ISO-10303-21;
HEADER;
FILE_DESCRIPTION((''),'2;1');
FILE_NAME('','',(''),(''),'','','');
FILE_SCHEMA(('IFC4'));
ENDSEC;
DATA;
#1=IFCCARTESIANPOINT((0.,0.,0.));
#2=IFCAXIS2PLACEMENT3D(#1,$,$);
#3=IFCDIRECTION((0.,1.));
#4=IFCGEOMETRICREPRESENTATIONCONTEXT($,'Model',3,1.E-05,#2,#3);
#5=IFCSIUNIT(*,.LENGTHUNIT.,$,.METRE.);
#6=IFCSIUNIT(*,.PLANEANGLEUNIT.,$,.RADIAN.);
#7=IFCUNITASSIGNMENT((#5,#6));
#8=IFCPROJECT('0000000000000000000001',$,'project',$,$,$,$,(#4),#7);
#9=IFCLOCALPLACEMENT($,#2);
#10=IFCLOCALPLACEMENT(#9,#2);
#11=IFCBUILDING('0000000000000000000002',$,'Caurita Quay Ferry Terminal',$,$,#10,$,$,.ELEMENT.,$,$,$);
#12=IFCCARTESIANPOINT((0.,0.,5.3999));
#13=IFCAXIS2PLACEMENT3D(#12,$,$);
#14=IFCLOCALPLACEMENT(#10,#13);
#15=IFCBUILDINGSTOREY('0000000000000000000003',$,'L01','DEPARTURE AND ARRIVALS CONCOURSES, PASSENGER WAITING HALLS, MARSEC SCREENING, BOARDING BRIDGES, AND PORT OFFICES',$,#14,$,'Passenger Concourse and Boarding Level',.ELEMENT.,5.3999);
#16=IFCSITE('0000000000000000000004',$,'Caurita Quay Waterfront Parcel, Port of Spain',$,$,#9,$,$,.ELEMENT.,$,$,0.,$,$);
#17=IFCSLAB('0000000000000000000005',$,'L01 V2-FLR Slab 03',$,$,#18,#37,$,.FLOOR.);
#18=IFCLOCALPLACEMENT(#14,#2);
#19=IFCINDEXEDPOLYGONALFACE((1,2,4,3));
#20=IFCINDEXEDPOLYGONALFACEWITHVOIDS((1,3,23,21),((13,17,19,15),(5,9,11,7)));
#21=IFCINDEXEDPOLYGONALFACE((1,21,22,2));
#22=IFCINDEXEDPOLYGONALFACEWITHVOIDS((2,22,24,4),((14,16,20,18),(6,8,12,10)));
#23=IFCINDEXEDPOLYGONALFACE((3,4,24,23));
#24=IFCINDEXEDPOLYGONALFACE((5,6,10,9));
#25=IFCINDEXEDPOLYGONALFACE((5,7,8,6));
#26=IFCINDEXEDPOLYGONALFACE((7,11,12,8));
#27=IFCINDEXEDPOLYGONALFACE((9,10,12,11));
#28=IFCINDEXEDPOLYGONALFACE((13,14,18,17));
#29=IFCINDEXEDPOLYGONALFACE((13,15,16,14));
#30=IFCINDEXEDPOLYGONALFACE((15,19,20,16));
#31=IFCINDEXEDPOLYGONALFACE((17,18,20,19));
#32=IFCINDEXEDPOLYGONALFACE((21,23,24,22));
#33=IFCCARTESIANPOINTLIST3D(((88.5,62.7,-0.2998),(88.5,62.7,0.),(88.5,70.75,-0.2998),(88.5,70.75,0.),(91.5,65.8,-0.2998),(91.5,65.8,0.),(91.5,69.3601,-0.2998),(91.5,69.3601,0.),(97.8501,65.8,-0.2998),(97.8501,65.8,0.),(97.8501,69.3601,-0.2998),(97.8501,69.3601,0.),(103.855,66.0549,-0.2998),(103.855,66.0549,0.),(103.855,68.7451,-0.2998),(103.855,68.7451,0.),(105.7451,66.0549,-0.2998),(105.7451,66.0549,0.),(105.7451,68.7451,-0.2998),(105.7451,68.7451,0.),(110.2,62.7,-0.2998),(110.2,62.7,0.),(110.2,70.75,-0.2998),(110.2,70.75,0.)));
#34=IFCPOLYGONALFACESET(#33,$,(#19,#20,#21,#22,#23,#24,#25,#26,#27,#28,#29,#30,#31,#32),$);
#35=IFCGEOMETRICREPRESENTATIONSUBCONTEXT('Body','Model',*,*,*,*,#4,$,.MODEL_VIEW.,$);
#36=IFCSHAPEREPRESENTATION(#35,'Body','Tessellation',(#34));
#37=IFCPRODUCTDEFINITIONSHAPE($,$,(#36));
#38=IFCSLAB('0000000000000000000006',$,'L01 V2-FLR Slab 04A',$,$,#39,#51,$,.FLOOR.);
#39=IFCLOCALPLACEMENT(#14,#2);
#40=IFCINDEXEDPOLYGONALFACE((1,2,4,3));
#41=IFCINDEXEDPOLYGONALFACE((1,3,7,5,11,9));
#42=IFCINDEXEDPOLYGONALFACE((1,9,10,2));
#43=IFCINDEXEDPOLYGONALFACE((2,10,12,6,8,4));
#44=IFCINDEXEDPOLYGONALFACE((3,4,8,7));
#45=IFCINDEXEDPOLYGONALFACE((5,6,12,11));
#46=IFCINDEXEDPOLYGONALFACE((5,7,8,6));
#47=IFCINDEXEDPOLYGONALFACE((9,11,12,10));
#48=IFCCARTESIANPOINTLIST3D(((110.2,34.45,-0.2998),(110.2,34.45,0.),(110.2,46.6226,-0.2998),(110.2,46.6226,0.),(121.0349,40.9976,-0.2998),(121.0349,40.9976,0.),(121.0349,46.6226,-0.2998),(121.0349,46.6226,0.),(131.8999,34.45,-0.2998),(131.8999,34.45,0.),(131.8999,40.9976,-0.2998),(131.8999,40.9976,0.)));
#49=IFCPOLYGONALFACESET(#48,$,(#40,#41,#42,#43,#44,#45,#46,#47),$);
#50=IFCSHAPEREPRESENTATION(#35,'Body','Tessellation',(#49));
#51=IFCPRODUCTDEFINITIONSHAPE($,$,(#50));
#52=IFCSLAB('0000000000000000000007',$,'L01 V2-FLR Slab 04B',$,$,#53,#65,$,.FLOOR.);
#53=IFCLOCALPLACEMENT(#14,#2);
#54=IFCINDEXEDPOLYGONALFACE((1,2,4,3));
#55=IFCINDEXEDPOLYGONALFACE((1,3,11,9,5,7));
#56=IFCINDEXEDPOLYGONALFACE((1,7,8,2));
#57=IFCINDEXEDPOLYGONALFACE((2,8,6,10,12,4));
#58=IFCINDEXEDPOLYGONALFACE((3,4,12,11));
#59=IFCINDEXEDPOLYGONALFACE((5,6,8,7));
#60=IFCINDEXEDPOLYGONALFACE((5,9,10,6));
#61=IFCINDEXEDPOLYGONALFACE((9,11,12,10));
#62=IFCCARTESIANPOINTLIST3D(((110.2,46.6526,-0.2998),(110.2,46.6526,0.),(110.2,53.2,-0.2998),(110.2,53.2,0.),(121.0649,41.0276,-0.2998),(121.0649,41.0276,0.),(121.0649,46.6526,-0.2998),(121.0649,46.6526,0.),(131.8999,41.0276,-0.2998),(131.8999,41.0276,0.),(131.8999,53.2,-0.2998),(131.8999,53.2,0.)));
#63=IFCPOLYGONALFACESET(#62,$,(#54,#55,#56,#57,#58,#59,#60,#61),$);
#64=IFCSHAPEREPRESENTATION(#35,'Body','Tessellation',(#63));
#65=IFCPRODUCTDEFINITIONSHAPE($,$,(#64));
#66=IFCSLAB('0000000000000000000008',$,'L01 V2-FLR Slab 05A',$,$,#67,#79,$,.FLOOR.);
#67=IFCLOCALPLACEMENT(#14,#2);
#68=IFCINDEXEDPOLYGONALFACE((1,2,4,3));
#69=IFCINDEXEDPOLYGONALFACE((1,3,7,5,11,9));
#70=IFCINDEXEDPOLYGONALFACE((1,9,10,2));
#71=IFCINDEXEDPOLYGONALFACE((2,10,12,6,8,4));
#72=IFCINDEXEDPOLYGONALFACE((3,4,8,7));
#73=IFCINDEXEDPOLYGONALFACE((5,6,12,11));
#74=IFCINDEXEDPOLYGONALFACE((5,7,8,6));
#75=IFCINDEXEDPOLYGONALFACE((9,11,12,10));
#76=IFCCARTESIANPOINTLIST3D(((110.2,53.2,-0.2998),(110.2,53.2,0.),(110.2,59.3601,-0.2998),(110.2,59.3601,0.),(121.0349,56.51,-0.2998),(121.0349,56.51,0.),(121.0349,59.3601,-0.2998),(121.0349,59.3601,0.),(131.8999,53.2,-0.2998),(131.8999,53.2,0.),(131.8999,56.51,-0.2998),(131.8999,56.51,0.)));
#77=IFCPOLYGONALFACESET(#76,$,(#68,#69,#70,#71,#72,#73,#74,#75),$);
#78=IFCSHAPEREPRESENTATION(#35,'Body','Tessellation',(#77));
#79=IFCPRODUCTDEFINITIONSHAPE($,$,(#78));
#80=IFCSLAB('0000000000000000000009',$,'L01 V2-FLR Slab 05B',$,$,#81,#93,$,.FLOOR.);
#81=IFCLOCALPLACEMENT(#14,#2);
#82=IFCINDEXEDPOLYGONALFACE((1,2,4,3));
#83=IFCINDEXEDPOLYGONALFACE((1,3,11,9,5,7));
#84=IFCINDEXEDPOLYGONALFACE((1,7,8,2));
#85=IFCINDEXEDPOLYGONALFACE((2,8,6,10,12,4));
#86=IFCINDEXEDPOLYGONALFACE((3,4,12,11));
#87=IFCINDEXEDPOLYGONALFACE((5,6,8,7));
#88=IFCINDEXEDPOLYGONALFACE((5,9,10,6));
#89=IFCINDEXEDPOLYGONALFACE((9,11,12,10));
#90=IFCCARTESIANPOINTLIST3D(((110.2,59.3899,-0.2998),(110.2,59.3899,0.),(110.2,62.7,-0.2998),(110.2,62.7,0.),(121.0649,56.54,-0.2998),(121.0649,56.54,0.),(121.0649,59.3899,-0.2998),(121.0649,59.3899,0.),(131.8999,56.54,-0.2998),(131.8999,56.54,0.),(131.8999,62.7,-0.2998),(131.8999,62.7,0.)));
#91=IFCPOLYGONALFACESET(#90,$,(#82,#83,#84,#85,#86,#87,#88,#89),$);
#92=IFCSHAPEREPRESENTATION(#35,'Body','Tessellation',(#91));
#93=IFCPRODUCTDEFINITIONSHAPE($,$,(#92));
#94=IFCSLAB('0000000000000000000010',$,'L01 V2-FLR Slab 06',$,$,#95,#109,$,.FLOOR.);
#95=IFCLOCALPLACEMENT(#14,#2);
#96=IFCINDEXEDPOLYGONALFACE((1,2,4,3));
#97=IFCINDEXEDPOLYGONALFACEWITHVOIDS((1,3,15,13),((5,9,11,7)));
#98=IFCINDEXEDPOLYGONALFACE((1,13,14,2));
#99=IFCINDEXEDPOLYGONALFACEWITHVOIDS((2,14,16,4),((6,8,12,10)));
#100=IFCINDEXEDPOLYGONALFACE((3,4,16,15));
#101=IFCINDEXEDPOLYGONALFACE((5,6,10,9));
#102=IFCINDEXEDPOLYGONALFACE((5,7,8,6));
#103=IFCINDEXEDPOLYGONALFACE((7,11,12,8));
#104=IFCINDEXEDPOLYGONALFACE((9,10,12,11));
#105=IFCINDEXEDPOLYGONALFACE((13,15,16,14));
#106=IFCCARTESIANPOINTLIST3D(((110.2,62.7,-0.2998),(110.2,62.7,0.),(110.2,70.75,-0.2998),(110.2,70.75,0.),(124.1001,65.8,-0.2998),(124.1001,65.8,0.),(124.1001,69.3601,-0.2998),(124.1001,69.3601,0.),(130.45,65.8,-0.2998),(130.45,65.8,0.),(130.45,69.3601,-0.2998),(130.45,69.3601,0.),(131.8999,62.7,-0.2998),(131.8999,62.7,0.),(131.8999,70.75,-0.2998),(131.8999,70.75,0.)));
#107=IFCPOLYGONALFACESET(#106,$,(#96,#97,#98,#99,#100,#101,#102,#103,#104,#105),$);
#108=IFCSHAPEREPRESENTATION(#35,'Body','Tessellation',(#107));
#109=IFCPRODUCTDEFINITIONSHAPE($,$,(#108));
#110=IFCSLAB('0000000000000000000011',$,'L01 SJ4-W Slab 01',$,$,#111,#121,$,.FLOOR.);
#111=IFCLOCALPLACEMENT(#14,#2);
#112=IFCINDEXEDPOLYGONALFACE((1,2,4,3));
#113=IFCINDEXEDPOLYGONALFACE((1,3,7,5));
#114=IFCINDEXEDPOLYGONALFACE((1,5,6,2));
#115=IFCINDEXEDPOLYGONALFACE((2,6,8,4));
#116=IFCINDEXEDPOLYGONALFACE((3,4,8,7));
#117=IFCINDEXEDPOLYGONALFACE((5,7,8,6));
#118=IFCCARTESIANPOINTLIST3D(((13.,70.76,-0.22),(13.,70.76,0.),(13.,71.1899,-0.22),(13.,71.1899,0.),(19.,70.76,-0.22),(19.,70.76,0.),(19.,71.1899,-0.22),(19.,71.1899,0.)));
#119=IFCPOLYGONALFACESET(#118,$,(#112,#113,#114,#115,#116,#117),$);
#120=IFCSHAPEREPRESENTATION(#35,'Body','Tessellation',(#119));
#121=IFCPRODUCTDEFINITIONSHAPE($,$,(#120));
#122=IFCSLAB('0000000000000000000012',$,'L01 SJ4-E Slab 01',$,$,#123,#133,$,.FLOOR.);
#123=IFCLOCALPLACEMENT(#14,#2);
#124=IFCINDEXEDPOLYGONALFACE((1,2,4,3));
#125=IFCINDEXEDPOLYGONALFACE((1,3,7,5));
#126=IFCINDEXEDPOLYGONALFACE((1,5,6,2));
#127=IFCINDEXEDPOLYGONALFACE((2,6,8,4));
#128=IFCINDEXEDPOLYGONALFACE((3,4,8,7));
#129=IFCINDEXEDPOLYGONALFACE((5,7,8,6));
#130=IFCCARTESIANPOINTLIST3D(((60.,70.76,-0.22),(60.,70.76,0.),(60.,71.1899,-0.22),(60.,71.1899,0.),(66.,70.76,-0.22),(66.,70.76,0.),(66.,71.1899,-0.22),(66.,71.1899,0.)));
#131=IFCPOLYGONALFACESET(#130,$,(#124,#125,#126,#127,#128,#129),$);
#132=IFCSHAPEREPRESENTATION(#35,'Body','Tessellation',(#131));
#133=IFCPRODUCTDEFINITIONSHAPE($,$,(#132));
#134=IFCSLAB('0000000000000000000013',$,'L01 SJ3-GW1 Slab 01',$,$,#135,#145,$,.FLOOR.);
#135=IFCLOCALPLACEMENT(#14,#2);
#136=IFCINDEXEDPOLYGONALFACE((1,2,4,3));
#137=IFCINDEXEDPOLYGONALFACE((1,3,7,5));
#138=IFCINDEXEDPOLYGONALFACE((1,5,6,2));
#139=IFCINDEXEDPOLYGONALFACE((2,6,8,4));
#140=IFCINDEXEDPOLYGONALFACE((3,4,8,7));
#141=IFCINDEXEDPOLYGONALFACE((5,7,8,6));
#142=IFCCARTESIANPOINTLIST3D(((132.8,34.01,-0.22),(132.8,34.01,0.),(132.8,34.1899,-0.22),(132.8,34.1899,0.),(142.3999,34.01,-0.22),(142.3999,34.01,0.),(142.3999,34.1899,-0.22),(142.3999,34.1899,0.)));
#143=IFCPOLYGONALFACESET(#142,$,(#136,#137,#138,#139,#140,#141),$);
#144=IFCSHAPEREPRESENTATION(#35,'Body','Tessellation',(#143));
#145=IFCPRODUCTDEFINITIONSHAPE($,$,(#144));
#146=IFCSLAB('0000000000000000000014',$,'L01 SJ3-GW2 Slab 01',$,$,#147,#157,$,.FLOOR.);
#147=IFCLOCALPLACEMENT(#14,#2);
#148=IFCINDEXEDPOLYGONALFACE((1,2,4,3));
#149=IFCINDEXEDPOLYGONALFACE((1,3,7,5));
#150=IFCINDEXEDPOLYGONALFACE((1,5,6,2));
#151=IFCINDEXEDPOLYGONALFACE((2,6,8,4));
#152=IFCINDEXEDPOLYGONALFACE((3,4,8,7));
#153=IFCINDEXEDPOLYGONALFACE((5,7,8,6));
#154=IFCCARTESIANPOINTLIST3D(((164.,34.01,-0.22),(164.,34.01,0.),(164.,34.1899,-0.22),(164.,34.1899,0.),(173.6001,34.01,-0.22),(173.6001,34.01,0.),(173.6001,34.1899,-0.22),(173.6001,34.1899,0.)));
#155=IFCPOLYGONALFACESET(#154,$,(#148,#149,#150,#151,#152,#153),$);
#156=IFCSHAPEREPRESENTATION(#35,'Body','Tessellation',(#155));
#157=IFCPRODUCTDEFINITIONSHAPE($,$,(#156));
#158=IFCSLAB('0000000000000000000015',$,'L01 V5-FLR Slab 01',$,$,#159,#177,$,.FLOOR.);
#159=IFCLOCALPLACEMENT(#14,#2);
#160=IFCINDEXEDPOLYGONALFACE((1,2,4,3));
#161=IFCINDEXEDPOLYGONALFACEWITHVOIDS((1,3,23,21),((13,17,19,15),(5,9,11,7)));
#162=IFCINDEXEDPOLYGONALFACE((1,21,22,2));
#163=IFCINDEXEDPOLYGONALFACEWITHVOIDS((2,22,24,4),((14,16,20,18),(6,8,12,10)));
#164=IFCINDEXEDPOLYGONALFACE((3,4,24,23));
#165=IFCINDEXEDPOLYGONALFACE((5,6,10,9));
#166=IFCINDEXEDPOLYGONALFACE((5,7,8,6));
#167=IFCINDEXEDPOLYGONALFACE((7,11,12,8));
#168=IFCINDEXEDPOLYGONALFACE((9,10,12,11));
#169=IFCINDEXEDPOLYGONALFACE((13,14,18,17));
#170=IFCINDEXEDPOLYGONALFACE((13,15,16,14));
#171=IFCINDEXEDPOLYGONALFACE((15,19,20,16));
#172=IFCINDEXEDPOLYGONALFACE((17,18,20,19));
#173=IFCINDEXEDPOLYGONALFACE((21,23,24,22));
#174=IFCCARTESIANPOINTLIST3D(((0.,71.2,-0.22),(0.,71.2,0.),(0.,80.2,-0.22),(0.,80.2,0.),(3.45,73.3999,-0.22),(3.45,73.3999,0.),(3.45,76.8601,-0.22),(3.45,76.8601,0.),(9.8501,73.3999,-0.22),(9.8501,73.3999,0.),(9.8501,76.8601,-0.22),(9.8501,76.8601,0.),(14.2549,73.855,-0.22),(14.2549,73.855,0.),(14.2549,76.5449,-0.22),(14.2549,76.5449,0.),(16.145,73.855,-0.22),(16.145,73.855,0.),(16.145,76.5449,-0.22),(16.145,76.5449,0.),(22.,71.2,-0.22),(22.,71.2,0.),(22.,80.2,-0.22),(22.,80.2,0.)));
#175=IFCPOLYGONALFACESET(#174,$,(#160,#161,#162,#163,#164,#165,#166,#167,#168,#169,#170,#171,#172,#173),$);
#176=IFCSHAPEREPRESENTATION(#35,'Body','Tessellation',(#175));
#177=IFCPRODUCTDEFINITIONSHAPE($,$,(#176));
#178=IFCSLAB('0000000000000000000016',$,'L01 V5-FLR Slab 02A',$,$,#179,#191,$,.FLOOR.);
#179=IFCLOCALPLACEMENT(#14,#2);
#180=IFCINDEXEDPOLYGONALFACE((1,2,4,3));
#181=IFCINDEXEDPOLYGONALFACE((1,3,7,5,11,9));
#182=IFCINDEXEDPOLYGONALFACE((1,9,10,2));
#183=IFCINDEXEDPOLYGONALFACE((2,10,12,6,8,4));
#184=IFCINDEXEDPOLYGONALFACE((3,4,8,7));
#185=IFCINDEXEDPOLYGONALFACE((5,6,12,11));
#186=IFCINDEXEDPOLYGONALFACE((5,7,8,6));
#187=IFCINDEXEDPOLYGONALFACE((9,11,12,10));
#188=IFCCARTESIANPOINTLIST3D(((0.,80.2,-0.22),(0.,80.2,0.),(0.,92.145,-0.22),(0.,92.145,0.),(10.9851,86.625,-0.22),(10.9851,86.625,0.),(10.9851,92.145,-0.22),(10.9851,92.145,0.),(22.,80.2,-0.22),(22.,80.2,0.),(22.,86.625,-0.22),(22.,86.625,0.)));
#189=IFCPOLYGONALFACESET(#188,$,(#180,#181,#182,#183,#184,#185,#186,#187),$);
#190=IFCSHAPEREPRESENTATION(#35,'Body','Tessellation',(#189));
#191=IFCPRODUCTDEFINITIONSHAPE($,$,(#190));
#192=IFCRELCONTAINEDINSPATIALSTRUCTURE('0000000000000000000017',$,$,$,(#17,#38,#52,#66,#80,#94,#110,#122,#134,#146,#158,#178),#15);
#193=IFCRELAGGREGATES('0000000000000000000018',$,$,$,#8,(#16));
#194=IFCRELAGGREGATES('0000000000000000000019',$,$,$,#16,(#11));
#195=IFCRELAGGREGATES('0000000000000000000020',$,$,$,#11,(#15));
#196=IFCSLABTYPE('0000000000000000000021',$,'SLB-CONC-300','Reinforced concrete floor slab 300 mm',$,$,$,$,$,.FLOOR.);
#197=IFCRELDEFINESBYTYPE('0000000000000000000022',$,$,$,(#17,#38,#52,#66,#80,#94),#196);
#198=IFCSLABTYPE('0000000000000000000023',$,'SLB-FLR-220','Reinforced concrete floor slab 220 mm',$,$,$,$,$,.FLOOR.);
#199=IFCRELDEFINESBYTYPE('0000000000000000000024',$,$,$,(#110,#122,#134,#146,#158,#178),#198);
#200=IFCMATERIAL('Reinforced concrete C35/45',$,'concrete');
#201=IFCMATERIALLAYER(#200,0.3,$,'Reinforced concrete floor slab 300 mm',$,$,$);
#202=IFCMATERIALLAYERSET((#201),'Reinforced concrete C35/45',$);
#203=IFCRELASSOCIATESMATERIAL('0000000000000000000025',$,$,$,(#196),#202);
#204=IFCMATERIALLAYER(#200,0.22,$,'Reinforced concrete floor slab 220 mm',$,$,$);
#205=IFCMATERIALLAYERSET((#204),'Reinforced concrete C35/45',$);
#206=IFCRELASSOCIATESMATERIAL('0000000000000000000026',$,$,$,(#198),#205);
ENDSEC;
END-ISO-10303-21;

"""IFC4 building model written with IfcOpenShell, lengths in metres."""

from ifc_helpers import new_model, si_unit, direction, frame, origin, place, context, subcontext, project, spatial, polyline, outline, extrude, material, layer, layer_set, type_object, element, save


model = new_model("IFC4")

# Units and contexts
model_context = context("Model", 3, precision=1e-05, world=origin(), true_north=direction((0.0, 1.0)))
body_context = subcontext(model_context, "Body", "Model", "MODEL_VIEW")
ifc_project = project(units=[si_unit("LENGTHUNIT", "METRE"), si_unit("PLANEANGLEUNIT", "RADIAN")], contexts=[model_context])

# Site, building, storey
site_placement = place(None, origin())
site = spatial("IfcSite", under=ifc_project, at=site_placement, Name="Caurita Quay Waterfront Parcel, Port of Spain", CompositionType="ELEMENT", RefElevation=0.0)
building_placement = place(site_placement, origin())
building = spatial("IfcBuilding", under=site, at=building_placement, Name="Caurita Quay Ferry Terminal", CompositionType="ELEMENT")
storey_placement = place(building_placement, frame((0.0, 0.0, 5.3999)))
storey = spatial("IfcBuildingStorey", under=building, at=storey_placement, Name="L01", Description="DEPARTURE AND ARRIVALS CONCOURSES, PASSENGER WAITING HALLS, MARSEC SCREENING, BOARDING BRIDGES, AND PORT OFFICES", LongName="Passenger Concourse and Boarding Level", CompositionType="ELEMENT", Elevation=5.3999)

# Slabs
ifc_material = material(Name="Reinforced concrete C35/45", Category="concrete")
ifc_layer_1 = layer(ifc_material, 0.3, Name="Reinforced concrete floor slab 300 mm")
ifc_layer_set_1 = layer_set([ifc_layer_1], Name="Reinforced concrete C35/45")
slab_type_1 = type_object("IfcSlabType", Name="SLB-CONC-300", Description="Reinforced concrete floor slab 300 mm", PredefinedType="FLOOR", material=ifc_layer_set_1)
slab_1_placement = place(storey_placement, frame((0.0, 0.0, -0.2998)))
element("IfcSlab", 1, at=slab_1_placement, inside=storey, type_object=slab_type_1, Name="L01 V2-FLR Slab 03", PredefinedType="FLOOR", context=body_context, shape_type="SweptSolid", body=[
    extrude(outline(polyline([(88.5, 62.7), (110.2, 62.7), (110.2, 70.75), (88.5, 70.75), (88.5, 62.7)]), holes=[polyline([(91.5, 65.8), (97.8501, 65.8), (97.8501, 69.3601), (91.5, 69.3601), (91.5, 65.8)]), polyline([(103.855, 66.0549), (105.7451, 66.0549), (105.7451, 68.7451), (103.855, 68.7451), (103.855, 66.0549)])]), origin(), (0.0, 0.0, 1.0), 0.2998),
])
slab_2_placement = place(storey_placement, frame((0.0, 0.0, -0.2998)))
element("IfcSlab", 2, at=slab_2_placement, inside=storey, type_object=slab_type_1, Name="L01 V2-FLR Slab 04A", PredefinedType="FLOOR", context=body_context, shape_type="SweptSolid", body=[
    extrude(outline(polyline([(110.2, 34.45), (131.8999, 34.45), (131.8999, 40.9976), (121.0349, 40.9976), (121.0349, 46.6226), (110.2, 46.6226), (110.2, 34.45)])), origin(), (0.0, 0.0, 1.0), 0.2998),
])
slab_3_placement = place(storey_placement, frame((0.0, 0.0, -0.2998)))
element("IfcSlab", 3, at=slab_3_placement, inside=storey, type_object=slab_type_1, Name="L01 V2-FLR Slab 04B", PredefinedType="FLOOR", context=body_context, shape_type="SweptSolid", body=[
    extrude(outline(polyline([(121.0649, 41.0276), (131.8999, 41.0276), (131.8999, 53.2), (110.2, 53.2), (110.2, 46.6526), (121.0649, 46.6526), (121.0649, 41.0276)])), origin(), (0.0, 0.0, 1.0), 0.2998),
])
slab_4_placement = place(storey_placement, frame((0.0, 0.0, -0.2998)))
element("IfcSlab", 4, at=slab_4_placement, inside=storey, type_object=slab_type_1, Name="L01 V2-FLR Slab 05A", PredefinedType="FLOOR", context=body_context, shape_type="SweptSolid", body=[
    extrude(outline(polyline([(110.2, 53.2), (131.8999, 53.2), (131.8999, 56.51), (121.0349, 56.51), (121.0349, 59.3601), (110.2, 59.3601), (110.2, 53.2)])), origin(), (0.0, 0.0, 1.0), 0.2998),
])
slab_5_placement = place(storey_placement, frame((0.0, 0.0, -0.2998)))
element("IfcSlab", 5, at=slab_5_placement, inside=storey, type_object=slab_type_1, Name="L01 V2-FLR Slab 05B", PredefinedType="FLOOR", context=body_context, shape_type="SweptSolid", body=[
    extrude(outline(polyline([(121.0649, 56.54), (131.8999, 56.54), (131.8999, 62.7), (110.2, 62.7), (110.2, 59.3899), (121.0649, 59.3899), (121.0649, 56.54)])), origin(), (0.0, 0.0, 1.0), 0.2998),
])
slab_6_placement = place(storey_placement, frame((0.0, 0.0, -0.2998)))
element("IfcSlab", 6, at=slab_6_placement, inside=storey, type_object=slab_type_1, Name="L01 V2-FLR Slab 06", PredefinedType="FLOOR", context=body_context, shape_type="SweptSolid", body=[
    extrude(outline(polyline([(110.2, 62.7), (131.8999, 62.7), (131.8999, 70.75), (110.2, 70.75), (110.2, 62.7)]), holes=[polyline([(124.1001, 65.8), (130.45, 65.8), (130.45, 69.3601), (124.1001, 69.3601), (124.1001, 65.8)])]), origin(), (0.0, 0.0, 1.0), 0.2998),
])
ifc_layer_2 = layer(ifc_material, 0.22, Name="Reinforced concrete floor slab 220 mm")
ifc_layer_set_2 = layer_set([ifc_layer_2], Name="Reinforced concrete C35/45")
slab_type_2 = type_object("IfcSlabType", Name="SLB-FLR-220", Description="Reinforced concrete floor slab 220 mm", PredefinedType="FLOOR", material=ifc_layer_set_2)
slab_7_placement = place(storey_placement, frame((0.0, 0.0, -0.22)))
element("IfcSlab", 7, at=slab_7_placement, inside=storey, type_object=slab_type_2, Name="L01 SJ4-W Slab 01", PredefinedType="FLOOR", context=body_context, shape_type="SweptSolid", body=[
    extrude(outline(polyline([(13.0, 70.76), (19.0, 70.76), (19.0, 71.1899), (13.0, 71.1899), (13.0, 70.76)])), origin(), (0.0, 0.0, 1.0), 0.22),
])
slab_8_placement = place(storey_placement, frame((0.0, 0.0, -0.22)))
element("IfcSlab", 8, at=slab_8_placement, inside=storey, type_object=slab_type_2, Name="L01 SJ4-E Slab 01", PredefinedType="FLOOR", context=body_context, shape_type="SweptSolid", body=[
    extrude(outline(polyline([(60.0, 70.76), (66.0, 70.76), (66.0, 71.1899), (60.0, 71.1899), (60.0, 70.76)])), origin(), (0.0, 0.0, 1.0), 0.22),
])
slab_9_placement = place(storey_placement, frame((0.0, 0.0, -0.22)))
element("IfcSlab", 9, at=slab_9_placement, inside=storey, type_object=slab_type_2, Name="L01 SJ3-GW1 Slab 01", PredefinedType="FLOOR", context=body_context, shape_type="SweptSolid", body=[
    extrude(outline(polyline([(132.8, 34.01), (142.3999, 34.01), (142.3999, 34.1899), (132.8, 34.1899), (132.8, 34.01)])), origin(), (0.0, 0.0, 1.0), 0.22),
])
slab_10_placement = place(storey_placement, frame((0.0, 0.0, -0.22)))
element("IfcSlab", 10, at=slab_10_placement, inside=storey, type_object=slab_type_2, Name="L01 SJ3-GW2 Slab 01", PredefinedType="FLOOR", context=body_context, shape_type="SweptSolid", body=[
    extrude(outline(polyline([(164.0, 34.01), (173.6001, 34.01), (173.6001, 34.1899), (164.0, 34.1899), (164.0, 34.01)])), origin(), (0.0, 0.0, 1.0), 0.22),
])
slab_11_placement = place(storey_placement, frame((0.0, 0.0, -0.22)))
element("IfcSlab", 11, at=slab_11_placement, inside=storey, type_object=slab_type_2, Name="L01 V5-FLR Slab 01", PredefinedType="FLOOR", context=body_context, shape_type="SweptSolid", body=[
    extrude(outline(polyline([(0.0, 71.2), (22.0, 71.2), (22.0, 80.2), (0.0, 80.2), (0.0, 71.2)]), holes=[polyline([(3.45, 73.3999), (9.8501, 73.3999), (9.8501, 76.8601), (3.45, 76.8601), (3.45, 73.3999)]), polyline([(14.2549, 73.855), (16.145, 73.855), (16.145, 76.5449), (14.2549, 76.5449), (14.2549, 73.855)])]), origin(), (0.0, 0.0, 1.0), 0.22),
])
slab_12_placement = place(storey_placement, frame((0.0, 0.0, -0.22)))
element("IfcSlab", 12, at=slab_12_placement, inside=storey, type_object=slab_type_2, Name="L01 V5-FLR Slab 02A", PredefinedType="FLOOR", context=body_context, shape_type="SweptSolid", body=[
    extrude(outline(polyline([(0.0, 80.2), (22.0, 80.2), (22.0, 86.625), (10.9851, 86.625), (10.9851, 92.145), (0.0, 92.145), (0.0, 80.2)])), origin(), (0.0, 0.0, 1.0), 0.22),
])

save(model, "model.ifc")
